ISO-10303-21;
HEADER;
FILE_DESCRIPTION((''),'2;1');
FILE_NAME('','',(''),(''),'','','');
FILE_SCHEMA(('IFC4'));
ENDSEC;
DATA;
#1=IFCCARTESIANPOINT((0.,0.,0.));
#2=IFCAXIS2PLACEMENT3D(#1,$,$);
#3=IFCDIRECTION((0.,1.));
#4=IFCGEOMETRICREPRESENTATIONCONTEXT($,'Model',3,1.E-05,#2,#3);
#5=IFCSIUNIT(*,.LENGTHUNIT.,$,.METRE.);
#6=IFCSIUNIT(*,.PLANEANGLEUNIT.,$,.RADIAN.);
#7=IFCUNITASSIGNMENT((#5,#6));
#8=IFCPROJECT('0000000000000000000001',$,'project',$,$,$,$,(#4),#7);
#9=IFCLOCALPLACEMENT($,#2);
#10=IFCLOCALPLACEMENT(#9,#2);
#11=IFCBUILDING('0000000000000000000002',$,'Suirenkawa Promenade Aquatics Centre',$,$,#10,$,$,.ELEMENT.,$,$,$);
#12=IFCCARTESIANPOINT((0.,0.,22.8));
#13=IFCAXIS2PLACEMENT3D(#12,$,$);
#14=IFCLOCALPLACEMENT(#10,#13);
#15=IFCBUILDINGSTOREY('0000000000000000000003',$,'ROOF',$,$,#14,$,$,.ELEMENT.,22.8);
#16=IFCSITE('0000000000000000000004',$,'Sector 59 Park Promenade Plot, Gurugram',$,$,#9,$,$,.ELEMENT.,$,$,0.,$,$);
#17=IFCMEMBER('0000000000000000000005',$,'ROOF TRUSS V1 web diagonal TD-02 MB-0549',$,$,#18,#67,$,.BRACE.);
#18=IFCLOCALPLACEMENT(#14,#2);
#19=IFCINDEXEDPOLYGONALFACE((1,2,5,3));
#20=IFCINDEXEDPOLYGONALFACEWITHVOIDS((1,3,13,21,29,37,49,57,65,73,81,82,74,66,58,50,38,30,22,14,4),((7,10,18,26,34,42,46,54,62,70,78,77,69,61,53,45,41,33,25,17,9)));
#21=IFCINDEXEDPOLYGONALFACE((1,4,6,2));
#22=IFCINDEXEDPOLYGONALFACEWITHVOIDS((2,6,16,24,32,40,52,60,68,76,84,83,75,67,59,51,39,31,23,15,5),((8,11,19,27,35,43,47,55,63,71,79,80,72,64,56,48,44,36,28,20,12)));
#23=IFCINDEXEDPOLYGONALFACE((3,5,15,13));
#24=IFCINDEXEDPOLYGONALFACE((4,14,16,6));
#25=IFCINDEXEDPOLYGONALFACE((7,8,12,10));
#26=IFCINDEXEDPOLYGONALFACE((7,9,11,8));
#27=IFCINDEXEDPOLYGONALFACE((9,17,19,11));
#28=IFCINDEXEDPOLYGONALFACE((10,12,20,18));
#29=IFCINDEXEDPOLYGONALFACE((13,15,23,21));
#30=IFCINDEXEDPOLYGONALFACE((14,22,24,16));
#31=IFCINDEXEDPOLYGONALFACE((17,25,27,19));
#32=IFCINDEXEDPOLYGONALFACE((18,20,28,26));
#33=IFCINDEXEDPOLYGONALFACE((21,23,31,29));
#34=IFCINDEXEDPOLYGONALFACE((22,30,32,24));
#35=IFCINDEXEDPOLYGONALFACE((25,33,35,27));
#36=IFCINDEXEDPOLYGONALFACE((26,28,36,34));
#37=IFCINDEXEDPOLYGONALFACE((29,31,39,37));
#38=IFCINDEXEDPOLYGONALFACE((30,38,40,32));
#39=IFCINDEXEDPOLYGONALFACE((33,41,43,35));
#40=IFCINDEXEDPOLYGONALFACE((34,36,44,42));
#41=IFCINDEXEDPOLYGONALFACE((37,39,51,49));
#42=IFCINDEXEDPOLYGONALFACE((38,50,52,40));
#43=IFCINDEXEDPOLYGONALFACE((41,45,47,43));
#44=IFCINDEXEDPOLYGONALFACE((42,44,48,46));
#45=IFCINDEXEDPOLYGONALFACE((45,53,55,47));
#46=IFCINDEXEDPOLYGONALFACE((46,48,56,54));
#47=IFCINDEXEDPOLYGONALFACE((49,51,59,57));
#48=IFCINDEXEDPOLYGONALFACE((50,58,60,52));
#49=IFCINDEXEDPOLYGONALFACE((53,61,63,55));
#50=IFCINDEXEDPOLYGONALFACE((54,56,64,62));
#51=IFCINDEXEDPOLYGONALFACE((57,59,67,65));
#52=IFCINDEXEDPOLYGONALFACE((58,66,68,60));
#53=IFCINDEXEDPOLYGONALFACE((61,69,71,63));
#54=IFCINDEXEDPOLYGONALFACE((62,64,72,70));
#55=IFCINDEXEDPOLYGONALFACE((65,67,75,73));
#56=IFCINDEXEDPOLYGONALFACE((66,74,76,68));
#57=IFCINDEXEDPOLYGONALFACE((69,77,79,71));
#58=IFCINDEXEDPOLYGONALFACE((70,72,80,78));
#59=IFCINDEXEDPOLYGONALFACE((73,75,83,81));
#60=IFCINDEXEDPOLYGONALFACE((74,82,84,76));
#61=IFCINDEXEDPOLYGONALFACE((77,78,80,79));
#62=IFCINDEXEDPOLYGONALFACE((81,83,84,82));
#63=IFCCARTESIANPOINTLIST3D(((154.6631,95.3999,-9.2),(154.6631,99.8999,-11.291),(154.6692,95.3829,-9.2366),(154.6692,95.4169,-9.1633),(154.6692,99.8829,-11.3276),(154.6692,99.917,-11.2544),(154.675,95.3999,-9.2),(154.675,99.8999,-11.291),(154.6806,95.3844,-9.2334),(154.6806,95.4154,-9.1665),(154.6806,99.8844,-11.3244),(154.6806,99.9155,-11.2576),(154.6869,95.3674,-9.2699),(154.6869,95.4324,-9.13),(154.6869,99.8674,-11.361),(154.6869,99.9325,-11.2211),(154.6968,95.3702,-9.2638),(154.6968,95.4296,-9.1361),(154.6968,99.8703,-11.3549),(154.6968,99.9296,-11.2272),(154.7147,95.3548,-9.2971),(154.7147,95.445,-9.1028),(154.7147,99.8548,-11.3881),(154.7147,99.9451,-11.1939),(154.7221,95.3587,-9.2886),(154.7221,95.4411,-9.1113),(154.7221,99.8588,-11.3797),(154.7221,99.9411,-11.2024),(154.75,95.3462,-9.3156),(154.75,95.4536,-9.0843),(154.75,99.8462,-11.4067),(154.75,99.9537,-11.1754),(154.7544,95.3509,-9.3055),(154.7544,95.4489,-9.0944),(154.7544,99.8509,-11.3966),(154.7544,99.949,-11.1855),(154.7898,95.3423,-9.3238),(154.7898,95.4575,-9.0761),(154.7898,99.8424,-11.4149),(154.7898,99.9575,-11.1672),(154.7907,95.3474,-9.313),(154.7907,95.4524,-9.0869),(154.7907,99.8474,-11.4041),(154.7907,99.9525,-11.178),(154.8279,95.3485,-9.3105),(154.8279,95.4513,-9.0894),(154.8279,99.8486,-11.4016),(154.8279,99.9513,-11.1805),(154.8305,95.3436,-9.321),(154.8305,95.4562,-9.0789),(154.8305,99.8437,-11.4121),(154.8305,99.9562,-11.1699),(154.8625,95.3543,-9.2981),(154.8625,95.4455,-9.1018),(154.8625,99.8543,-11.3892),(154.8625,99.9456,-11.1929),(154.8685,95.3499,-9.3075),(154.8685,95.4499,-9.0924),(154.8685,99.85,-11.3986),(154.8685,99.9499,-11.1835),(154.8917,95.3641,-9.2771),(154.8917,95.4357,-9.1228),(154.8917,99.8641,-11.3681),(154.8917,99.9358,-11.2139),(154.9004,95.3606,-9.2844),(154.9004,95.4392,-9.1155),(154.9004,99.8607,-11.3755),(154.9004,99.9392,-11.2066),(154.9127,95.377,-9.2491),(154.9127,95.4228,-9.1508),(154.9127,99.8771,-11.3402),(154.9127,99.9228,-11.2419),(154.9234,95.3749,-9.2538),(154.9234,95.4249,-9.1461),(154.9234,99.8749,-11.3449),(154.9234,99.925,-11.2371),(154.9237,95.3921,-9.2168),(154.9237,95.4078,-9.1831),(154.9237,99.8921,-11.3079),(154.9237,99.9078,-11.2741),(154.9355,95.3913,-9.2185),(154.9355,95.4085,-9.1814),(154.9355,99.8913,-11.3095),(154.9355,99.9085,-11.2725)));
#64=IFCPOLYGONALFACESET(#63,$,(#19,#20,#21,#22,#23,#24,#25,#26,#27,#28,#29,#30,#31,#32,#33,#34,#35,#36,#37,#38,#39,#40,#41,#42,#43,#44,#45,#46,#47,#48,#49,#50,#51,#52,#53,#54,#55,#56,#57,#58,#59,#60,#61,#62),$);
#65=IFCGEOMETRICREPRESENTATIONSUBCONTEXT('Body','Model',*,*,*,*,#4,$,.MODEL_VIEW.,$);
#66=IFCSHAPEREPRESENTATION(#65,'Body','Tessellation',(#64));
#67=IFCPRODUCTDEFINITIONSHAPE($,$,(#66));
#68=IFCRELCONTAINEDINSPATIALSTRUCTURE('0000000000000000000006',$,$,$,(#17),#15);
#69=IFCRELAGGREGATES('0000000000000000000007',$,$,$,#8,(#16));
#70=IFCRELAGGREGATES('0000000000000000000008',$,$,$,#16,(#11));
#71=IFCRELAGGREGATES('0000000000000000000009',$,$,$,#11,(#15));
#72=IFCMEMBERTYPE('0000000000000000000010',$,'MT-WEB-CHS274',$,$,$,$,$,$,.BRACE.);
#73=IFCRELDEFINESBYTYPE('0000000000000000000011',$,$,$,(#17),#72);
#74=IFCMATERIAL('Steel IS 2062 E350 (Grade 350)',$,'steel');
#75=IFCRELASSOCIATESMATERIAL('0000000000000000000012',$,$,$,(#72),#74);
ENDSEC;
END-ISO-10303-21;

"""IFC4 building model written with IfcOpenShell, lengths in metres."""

from ifc_helpers import new_model, si_unit, direction, frame, origin, origin_2d, place, context, subcontext, project, spatial, hollow_circle, extrude, material, material_profile, profile_set, type_object, element, save


model = new_model("IFC4")

# Units and contexts
model_context = context("Model", 3, precision=1e-05, world=origin(), true_north=direction((0.0, 1.0)))
body_context = subcontext(model_context, "Body", "Model", "MODEL_VIEW")
ifc_project = project(units=[si_unit("LENGTHUNIT", "METRE"), si_unit("PLANEANGLEUNIT", "RADIAN")], contexts=[model_context])

# Site, building, storey
site_placement = place(None, origin())
site = spatial("IfcSite", under=ifc_project, at=site_placement, Name="Sector 59 Park Promenade Plot, Gurugram", CompositionType="ELEMENT", RefElevation=0.0)
building_placement = place(site_placement, origin())
building = spatial("IfcBuilding", under=site, at=building_placement, Name="Suirenkawa Promenade Aquatics Centre", CompositionType="ELEMENT")
storey_placement = place(building_placement, frame((0.0, 0.0, 22.8)))
storey = spatial("IfcBuildingStorey", under=building, at=storey_placement, Name="ROOF", CompositionType="ELEMENT", Elevation=22.8)

# Shared definitions
ifc_material = material(Name="Steel IS 2062 E350 (Grade 350)", Category="steel")

# Member
ifc_material_profile_1 = material_profile(ifc_material, hollow_circle(Radius=0.137, WallThickness=0.012, at=origin_2d()), Name="CHS 274x12", Category="steel")
ifc_profile_set_1 = profile_set([ifc_material_profile_1], Name="Steel IS 2062 E350 (Grade 350)")
member_type_1 = type_object("IfcMemberType", Name="MT-WEB-CHS274", PredefinedType="BRACE", material=ifc_profile_set_1)
member_1_placement = place(storey_placement, frame((154.8, 95.3999, -9.2), z_axis=(0.0, 0.906872, -0.421406), x_axis=(-1.0, 0.0, 0.0)))
element("IfcMember", 1, at=member_1_placement, inside=storey, type_object=member_type_1, Name="ROOF TRUSS V1 web diagonal TD-02 MB-0549", PredefinedType="BRACE", context=body_context, shape_type="SweptSolid", body=[
    extrude(hollow_circle(Radius=0.137, WallThickness=0.012, at=origin_2d()), origin(), (0.0, 0.0, 1.0), 4.9622),
])

save(model, "model.ifc")
